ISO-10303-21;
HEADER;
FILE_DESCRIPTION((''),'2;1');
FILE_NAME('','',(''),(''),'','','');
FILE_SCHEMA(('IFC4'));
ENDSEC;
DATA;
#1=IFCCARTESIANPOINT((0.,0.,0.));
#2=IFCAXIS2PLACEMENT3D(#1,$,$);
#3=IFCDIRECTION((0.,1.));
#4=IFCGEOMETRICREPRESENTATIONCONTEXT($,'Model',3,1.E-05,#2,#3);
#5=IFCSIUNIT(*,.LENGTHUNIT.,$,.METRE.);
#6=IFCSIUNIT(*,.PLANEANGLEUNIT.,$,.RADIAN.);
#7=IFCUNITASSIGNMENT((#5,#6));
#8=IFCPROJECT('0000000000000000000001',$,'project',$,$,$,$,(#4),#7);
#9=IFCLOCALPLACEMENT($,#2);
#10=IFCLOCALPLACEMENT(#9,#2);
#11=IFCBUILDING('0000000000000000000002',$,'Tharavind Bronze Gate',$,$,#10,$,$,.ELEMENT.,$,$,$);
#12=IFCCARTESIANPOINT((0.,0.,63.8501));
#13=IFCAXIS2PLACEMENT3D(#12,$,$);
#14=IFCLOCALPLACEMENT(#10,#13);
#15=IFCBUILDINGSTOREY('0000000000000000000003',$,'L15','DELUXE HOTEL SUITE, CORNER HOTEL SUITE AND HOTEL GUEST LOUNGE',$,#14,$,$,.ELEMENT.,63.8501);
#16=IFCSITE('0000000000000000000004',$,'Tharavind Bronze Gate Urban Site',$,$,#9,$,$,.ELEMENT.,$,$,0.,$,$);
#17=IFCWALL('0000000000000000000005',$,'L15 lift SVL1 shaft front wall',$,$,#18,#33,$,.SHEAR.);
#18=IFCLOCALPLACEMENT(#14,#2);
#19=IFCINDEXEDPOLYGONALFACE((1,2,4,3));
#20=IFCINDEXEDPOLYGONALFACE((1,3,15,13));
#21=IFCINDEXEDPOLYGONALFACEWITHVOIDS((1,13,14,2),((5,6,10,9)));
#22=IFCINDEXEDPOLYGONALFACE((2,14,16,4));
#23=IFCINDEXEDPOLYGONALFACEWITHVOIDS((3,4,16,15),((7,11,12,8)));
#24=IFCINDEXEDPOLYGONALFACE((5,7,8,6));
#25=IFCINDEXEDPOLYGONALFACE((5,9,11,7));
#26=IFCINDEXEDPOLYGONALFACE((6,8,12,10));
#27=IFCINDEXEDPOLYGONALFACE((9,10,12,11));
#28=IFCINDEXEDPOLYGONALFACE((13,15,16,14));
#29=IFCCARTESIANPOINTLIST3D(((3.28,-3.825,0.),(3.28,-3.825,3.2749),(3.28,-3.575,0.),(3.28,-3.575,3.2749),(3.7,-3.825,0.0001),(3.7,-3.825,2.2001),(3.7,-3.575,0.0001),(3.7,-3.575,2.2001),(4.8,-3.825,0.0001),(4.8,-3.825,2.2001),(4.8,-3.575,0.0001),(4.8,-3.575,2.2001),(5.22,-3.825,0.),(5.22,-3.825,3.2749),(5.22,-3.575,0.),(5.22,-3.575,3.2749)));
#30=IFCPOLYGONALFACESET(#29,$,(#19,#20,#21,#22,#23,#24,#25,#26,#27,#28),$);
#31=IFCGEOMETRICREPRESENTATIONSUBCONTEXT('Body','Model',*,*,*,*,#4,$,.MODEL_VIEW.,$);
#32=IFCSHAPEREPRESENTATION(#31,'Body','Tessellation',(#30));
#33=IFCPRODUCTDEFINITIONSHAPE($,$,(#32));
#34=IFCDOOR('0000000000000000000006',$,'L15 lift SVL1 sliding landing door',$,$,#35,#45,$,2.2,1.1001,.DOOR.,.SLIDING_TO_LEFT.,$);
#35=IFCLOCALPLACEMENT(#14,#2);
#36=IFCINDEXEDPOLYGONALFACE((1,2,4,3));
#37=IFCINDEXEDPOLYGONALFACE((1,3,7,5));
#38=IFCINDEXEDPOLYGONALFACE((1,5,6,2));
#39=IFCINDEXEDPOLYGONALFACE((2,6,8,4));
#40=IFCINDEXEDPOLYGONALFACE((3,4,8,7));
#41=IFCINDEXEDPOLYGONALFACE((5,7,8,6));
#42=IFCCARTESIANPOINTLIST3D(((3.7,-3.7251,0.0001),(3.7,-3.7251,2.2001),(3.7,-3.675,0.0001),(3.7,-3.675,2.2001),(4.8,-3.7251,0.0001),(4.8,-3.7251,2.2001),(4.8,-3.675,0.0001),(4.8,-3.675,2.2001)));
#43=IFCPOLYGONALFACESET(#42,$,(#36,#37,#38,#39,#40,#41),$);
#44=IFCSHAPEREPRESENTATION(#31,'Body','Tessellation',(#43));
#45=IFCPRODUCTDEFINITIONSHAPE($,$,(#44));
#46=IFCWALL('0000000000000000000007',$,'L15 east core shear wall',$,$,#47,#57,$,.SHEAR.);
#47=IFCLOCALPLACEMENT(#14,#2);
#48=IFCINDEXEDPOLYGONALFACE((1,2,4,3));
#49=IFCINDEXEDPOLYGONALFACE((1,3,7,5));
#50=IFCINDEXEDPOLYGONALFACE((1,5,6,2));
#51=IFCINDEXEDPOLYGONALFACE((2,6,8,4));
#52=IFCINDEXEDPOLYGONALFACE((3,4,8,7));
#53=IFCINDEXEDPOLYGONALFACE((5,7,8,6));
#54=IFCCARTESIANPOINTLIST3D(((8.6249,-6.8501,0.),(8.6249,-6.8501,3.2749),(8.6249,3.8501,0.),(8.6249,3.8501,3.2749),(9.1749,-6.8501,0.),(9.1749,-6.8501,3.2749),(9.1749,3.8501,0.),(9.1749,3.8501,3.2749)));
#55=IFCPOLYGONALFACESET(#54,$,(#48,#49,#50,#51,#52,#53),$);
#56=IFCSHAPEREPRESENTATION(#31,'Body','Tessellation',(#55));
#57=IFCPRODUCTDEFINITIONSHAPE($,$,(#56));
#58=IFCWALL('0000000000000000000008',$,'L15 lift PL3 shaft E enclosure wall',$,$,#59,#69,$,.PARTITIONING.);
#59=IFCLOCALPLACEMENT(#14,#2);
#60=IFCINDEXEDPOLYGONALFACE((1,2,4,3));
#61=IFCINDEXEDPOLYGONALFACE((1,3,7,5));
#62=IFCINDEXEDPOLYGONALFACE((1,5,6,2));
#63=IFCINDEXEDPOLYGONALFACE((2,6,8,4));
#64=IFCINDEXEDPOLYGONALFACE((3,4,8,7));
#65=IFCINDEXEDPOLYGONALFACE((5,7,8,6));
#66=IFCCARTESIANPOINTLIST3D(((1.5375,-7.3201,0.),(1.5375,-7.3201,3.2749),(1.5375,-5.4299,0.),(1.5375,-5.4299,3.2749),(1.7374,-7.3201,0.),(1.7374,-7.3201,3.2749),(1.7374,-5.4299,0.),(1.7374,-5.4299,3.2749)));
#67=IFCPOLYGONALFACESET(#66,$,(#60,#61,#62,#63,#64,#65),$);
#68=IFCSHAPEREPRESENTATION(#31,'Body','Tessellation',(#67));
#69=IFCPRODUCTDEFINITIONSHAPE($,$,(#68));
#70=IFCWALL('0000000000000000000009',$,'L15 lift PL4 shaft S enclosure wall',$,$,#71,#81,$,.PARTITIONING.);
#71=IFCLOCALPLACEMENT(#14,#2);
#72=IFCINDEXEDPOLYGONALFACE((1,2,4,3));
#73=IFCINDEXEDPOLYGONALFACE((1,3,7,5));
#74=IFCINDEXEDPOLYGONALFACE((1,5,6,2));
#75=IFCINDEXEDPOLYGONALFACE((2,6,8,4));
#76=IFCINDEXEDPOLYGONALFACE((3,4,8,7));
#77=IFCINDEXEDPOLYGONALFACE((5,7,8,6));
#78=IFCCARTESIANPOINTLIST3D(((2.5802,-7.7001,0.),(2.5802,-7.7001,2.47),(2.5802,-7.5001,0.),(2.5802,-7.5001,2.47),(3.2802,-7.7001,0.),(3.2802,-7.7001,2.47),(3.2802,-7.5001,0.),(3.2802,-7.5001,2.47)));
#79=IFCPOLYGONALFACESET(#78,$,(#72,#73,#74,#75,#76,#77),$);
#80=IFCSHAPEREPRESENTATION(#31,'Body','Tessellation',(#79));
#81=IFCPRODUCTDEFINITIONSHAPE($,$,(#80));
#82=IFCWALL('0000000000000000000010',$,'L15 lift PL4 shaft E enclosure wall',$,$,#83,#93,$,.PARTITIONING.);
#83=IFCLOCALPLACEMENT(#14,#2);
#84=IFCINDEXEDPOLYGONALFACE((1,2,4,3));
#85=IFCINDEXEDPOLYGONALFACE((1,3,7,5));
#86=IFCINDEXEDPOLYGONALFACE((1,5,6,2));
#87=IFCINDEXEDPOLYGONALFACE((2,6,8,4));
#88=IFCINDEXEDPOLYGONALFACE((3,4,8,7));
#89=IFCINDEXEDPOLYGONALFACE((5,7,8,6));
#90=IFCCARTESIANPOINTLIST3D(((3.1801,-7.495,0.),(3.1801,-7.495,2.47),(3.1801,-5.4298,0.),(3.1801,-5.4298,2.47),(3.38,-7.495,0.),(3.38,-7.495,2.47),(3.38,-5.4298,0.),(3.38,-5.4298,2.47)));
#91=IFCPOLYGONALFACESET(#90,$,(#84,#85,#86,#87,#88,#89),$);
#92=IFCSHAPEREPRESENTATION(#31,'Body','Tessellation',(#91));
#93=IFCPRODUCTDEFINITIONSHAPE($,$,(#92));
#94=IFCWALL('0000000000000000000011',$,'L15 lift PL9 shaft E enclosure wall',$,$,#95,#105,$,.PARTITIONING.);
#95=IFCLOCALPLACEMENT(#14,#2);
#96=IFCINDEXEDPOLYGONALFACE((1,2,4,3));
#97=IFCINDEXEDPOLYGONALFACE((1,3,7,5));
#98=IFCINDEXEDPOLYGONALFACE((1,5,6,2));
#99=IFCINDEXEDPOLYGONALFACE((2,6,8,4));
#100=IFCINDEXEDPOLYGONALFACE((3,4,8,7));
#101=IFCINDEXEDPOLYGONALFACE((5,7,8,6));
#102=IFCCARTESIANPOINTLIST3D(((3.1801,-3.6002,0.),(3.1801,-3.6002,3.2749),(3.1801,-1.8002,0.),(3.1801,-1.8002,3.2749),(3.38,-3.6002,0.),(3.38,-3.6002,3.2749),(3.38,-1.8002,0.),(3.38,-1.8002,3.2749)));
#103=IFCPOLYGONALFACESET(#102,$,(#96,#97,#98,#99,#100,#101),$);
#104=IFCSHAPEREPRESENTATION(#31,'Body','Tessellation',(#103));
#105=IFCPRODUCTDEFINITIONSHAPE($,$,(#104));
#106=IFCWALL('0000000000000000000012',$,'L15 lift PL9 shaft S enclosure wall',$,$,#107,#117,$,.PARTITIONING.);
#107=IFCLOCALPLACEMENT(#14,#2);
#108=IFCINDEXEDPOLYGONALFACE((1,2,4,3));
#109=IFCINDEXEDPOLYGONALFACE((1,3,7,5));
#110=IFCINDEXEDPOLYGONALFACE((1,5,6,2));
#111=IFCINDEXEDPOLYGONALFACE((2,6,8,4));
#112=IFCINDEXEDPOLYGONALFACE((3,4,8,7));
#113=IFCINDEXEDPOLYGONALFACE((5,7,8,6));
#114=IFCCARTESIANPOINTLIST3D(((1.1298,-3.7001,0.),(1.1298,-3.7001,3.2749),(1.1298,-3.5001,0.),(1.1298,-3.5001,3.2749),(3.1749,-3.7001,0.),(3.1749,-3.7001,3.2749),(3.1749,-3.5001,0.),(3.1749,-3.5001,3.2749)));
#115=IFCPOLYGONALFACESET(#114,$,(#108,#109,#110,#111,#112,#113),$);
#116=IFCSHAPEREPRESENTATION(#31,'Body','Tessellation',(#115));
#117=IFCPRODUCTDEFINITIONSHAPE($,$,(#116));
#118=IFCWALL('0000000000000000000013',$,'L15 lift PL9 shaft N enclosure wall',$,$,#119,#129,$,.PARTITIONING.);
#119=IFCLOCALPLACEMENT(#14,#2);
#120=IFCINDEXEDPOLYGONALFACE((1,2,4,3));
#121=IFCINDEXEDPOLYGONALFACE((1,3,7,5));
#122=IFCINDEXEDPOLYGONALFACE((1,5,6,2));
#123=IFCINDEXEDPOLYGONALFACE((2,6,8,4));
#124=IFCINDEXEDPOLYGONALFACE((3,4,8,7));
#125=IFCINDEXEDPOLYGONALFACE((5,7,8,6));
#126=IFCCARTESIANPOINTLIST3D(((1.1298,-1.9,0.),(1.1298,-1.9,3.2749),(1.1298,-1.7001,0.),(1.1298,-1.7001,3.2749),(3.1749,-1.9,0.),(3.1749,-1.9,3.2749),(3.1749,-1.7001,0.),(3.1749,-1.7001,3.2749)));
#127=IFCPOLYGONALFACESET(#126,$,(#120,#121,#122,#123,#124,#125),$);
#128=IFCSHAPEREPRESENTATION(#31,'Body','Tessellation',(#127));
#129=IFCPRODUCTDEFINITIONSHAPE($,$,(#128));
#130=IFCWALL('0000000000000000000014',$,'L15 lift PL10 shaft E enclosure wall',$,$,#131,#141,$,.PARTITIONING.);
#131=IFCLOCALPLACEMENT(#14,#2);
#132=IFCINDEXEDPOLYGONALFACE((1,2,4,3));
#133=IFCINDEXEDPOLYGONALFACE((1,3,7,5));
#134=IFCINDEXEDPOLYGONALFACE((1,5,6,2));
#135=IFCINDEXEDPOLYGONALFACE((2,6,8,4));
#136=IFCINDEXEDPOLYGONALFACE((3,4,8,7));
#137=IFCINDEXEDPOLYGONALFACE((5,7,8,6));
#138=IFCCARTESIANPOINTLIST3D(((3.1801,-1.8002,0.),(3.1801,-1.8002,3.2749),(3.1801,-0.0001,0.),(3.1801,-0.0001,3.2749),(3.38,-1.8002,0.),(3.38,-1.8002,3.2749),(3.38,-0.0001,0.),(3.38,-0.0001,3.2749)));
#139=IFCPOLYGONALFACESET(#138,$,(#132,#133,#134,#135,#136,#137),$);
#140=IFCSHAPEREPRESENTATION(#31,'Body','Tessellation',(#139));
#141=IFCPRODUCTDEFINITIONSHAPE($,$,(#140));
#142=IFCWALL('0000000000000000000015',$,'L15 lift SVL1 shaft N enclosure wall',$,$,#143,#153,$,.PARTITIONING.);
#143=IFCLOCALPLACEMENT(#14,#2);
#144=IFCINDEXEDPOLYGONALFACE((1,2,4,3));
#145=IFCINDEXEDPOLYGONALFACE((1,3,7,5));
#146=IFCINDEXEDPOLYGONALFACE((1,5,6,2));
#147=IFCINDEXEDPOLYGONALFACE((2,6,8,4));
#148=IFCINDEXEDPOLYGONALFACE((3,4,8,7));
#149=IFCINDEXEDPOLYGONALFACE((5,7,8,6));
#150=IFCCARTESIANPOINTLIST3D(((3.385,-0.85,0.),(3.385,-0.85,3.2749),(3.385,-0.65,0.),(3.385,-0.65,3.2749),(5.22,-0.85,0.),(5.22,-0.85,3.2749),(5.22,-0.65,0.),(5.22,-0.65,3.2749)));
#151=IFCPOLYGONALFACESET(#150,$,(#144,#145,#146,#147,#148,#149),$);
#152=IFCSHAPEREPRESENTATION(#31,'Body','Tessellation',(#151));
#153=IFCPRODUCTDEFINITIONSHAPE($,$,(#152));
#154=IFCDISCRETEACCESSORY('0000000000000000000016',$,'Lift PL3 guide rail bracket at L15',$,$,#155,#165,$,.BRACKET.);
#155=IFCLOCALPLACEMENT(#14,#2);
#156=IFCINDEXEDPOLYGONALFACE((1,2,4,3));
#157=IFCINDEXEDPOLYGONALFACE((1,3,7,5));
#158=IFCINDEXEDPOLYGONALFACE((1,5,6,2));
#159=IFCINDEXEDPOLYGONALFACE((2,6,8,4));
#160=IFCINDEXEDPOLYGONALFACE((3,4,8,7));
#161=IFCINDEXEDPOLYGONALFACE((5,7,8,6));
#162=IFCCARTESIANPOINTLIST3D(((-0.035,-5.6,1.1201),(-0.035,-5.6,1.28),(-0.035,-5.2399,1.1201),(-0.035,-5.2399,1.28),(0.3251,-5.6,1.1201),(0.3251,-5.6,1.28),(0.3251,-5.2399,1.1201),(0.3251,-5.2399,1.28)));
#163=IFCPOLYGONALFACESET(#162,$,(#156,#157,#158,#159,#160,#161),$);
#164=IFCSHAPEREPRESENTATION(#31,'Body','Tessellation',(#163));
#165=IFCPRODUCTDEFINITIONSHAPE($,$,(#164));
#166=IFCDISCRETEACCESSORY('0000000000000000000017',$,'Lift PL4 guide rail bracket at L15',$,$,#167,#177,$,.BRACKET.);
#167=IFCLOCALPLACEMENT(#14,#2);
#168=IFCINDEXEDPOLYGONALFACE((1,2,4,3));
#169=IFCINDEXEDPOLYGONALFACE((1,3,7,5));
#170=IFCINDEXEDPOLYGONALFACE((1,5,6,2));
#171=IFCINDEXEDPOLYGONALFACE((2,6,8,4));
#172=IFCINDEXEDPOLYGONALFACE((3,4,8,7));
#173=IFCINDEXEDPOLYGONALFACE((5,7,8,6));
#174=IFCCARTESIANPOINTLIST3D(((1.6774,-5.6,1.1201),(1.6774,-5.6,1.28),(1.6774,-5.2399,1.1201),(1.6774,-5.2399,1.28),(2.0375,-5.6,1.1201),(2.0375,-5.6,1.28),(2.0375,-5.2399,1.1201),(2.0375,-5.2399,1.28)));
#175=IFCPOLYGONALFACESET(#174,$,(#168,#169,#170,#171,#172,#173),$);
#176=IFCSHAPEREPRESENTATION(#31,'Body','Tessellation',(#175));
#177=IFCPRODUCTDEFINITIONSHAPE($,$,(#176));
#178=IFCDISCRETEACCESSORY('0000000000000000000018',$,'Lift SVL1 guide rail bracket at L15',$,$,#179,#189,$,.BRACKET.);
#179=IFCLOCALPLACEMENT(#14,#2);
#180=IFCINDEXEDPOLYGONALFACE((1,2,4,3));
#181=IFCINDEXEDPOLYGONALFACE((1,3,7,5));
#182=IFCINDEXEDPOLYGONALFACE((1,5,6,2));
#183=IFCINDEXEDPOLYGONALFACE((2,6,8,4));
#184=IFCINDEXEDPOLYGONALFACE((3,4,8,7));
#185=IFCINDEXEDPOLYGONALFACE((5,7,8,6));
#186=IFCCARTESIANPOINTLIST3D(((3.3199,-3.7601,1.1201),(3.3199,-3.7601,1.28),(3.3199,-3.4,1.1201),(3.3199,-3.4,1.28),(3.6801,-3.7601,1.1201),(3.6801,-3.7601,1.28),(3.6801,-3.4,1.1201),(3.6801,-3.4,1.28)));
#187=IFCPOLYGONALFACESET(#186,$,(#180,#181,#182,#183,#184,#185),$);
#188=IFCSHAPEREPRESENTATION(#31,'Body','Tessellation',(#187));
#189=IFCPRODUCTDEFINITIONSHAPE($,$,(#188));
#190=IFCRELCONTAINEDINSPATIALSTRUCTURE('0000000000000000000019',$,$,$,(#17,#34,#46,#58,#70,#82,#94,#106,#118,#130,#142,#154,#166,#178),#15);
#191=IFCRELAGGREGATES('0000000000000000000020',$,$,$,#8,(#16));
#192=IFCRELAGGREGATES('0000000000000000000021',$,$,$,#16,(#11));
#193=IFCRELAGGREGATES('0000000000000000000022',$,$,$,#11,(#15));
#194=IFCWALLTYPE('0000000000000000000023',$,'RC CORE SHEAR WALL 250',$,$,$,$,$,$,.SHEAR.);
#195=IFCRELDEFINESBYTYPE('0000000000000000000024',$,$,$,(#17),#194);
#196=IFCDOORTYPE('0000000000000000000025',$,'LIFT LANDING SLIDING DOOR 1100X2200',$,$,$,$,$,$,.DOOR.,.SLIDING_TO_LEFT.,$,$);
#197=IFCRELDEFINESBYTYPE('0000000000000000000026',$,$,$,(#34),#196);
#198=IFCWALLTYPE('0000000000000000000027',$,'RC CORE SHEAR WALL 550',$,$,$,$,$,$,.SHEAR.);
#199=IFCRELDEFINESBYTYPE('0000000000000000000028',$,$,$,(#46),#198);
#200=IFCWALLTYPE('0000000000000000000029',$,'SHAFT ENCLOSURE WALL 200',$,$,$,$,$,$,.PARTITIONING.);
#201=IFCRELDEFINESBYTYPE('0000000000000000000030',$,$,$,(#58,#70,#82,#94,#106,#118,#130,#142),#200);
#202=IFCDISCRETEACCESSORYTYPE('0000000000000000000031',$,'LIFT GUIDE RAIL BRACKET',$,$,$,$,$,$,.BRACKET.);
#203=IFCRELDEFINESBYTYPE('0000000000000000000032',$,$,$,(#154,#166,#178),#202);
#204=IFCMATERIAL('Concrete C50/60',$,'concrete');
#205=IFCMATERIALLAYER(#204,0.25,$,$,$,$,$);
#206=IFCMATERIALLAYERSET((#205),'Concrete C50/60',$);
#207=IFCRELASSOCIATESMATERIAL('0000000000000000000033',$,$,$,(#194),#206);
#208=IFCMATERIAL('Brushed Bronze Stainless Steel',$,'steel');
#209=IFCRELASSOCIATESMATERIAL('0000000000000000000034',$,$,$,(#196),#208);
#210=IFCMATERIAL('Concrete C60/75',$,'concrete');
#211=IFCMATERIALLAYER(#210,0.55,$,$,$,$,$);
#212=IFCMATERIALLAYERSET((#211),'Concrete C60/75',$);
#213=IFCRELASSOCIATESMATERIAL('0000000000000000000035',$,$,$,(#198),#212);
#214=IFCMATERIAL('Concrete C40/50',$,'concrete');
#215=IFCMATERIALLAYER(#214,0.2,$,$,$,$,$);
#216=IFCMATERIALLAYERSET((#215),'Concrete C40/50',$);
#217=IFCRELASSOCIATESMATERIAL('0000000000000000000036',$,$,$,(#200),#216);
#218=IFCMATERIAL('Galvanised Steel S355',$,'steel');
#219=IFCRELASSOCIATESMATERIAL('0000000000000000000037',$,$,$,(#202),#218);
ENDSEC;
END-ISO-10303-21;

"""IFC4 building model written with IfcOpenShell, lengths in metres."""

from ifc_helpers import new_model, si_unit, direction, frame, frame_2d, origin, origin_2d, place, context, subcontext, project, spatial, rectangle, extrude, material, layer, layer_set, type_object, element, fill, save


model = new_model("IFC4")

# Units and contexts
model_context = context("Model", 3, precision=1e-05, world=origin(), true_north=direction((0.0, 1.0)))
body_context = subcontext(model_context, "Body", "Model", "MODEL_VIEW")
ifc_project = project(units=[si_unit("LENGTHUNIT", "METRE"), si_unit("PLANEANGLEUNIT", "RADIAN")], contexts=[model_context])

# Site, building, storey
site_placement = place(None, origin())
site = spatial("IfcSite", under=ifc_project, at=site_placement, Name="Tharavind Bronze Gate Urban Site", CompositionType="ELEMENT", RefElevation=0.0)
building_placement = place(site_placement, origin())
building = spatial("IfcBuilding", under=site, at=building_placement, Name="Tharavind Bronze Gate", CompositionType="ELEMENT")
storey_placement = place(building_placement, frame((0.0, 0.0, 63.8501)))
storey = spatial("IfcBuildingStorey", under=building, at=storey_placement, Name="L15", Description="DELUXE HOTEL SUITE, CORNER HOTEL SUITE AND HOTEL GUEST LOUNGE", CompositionType="ELEMENT", Elevation=63.8501)

# Shared definitions
ifc_material_1 = material(Name="Concrete C50/60", Category="concrete")
ifc_layer_1 = layer(ifc_material_1, 0.25)
ifc_layer_set_1 = layer_set([ifc_layer_1], Name="Concrete C50/60")
wall_type_1 = type_object("IfcWallType", Name="RC CORE SHEAR WALL 250", PredefinedType="SHEAR", material=ifc_layer_set_1)

# Shared definitions
ifc_material_2 = material(Name="Brushed Bronze Stainless Steel", Category="steel")
door_type_1 = type_object("IfcDoorType", Name="LIFT LANDING SLIDING DOOR 1100X2200", OperationType="SLIDING_TO_LEFT", PredefinedType="DOOR", material=ifc_material_2)

# Wall, opening, door
wall_1_placement = place(storey_placement, frame((3.28, -3.7, 0.0), z_axis=(0.0, 0.0, 1.0), x_axis=(1.0, 0.0, 0.0)))
wall_1 = element("IfcWall", 1, at=wall_1_placement, inside=storey, type_object=wall_type_1, Name="L15 lift SVL1 shaft front wall", PredefinedType="SHEAR", context=body_context, shape_type="SweptSolid", body=[
    extrude(rectangle(XDim=1.9399, YDim=0.25, at=frame_2d((0.97, 0.0))), origin(), (0.0, 0.0, 1.0), 3.2749),
])
opening_1_placement = place(wall_1_placement, frame((0.4199, 0.0, 0.0)))
opening_1 = element("IfcOpeningElement", 2, at=opening_1_placement, cuts=wall_1, PredefinedType="OPENING", context=body_context, shape_type="SweptSolid", body=[
    extrude(rectangle(XDim=1.1001, YDim=2.2, at=frame_2d((0.55, 1.1001))), frame((0.0, 0.135, 0.0), z_axis=(0.0, -1.0, 0.0), x_axis=(1.0, 0.0, 0.0)), (0.0, 0.0, 1.0), 0.27),
])
door_1_placement = place(opening_1_placement, origin())
door_1 = element("IfcDoor", 3, at=door_1_placement, inside=storey, type_object=door_type_1, Name="L15 lift SVL1 sliding landing door", OperationType="SLIDING_TO_LEFT", OverallHeight=2.2, OverallWidth=1.1001, PredefinedType="DOOR", context=body_context, shape_type="SweptSolid", body=[
    extrude(rectangle(XDim=1.1001, YDim=2.2, at=frame_2d((0.55, 1.1001))), frame((0.0, 0.0249, 0.0), z_axis=(0.0, -1.0, 0.0), x_axis=(1.0, 0.0, 0.0)), (0.0, 0.0, 1.0), 0.05),
])
fill(opening_1, door_1)

# Walls
ifc_material_3 = material(Name="Concrete C60/75", Category="concrete")
ifc_layer_2 = layer(ifc_material_3, 0.55)
ifc_layer_set_2 = layer_set([ifc_layer_2], Name="Concrete C60/75")
wall_type_2 = type_object("IfcWallType", Name="RC CORE SHEAR WALL 550", PredefinedType="SHEAR", material=ifc_layer_set_2)
wall_2_placement = place(storey_placement, frame((8.8999, -6.8501, 0.0), z_axis=(0.0, 0.0, 1.0), x_axis=(0.0, 1.0, 0.0)))
element("IfcWall", 4, at=wall_2_placement, inside=storey, type_object=wall_type_2, Name="L15 east core shear wall", PredefinedType="SHEAR", context=body_context, shape_type="SweptSolid", body=[
    extrude(rectangle(XDim=10.7002, YDim=0.55, at=frame_2d((5.3501, 0.0))), origin(), (0.0, 0.0, 1.0), 3.2749),
])
ifc_material_4 = material(Name="Concrete C40/50", Category="concrete")
ifc_layer_3 = layer(ifc_material_4, 0.2)
ifc_layer_set_3 = layer_set([ifc_layer_3], Name="Concrete C40/50")
wall_type_3 = type_object("IfcWallType", Name="SHAFT ENCLOSURE WALL 200", PredefinedType="PARTITIONING", material=ifc_layer_set_3)
wall_3_placement = place(storey_placement, frame((1.6375, -7.3201, 0.0), z_axis=(0.0, 0.0, 1.0), x_axis=(0.0, 1.0, 0.0)))
element("IfcWall", 5, at=wall_3_placement, inside=storey, type_object=wall_type_3, Name="L15 lift PL3 shaft E enclosure wall", PredefinedType="PARTITIONING", context=body_context, shape_type="SweptSolid", body=[
    extrude(rectangle(XDim=1.8901, YDim=0.2, at=frame_2d((0.9451, 0.0))), origin(), (0.0, 0.0, 1.0), 3.2749),
])
wall_4_placement = place(storey_placement, frame((2.5801, -7.6001, 0.0), z_axis=(0.0, 0.0, 1.0), x_axis=(1.0, 0.0, 0.0)))
element("IfcWall", 6, at=wall_4_placement, inside=storey, type_object=wall_type_3, Name="L15 lift PL4 shaft S enclosure wall", PredefinedType="PARTITIONING", context=body_context, shape_type="SweptSolid", body=[
    extrude(rectangle(XDim=0.7, YDim=0.2, at=frame_2d((0.3501, 0.0))), origin(), (0.0, 0.0, 1.0), 2.47),
])
wall_5_placement = place(storey_placement, frame((3.28, -7.4951, 0.0), z_axis=(0.0, 0.0, 1.0), x_axis=(0.0, 1.0, 0.0)))
element("IfcWall", 7, at=wall_5_placement, inside=storey, type_object=wall_type_3, Name="L15 lift PL4 shaft E enclosure wall", PredefinedType="PARTITIONING", context=body_context, shape_type="SweptSolid", body=[
    extrude(rectangle(XDim=2.0652, YDim=0.2, at=frame_2d((1.0327, 0.0))), origin(), (0.0, 0.0, 1.0), 2.47),
])
wall_6_placement = place(storey_placement, frame((3.28, -3.6001, 0.0), z_axis=(0.0, 0.0, 1.0), x_axis=(0.0, 1.0, 0.0)))
element("IfcWall", 8, at=wall_6_placement, inside=storey, type_object=wall_type_3, Name="L15 lift PL9 shaft E enclosure wall", PredefinedType="PARTITIONING", context=body_context, shape_type="SweptSolid", body=[
    extrude(rectangle(XDim=1.8, YDim=0.2, at=frame_2d((0.8999, 0.0))), origin(), (0.0, 0.0, 1.0), 3.2749),
])
for number, where, z_axis, x_axis, name in (
    (9, (1.1299, -3.6001, 0.0), (0.0, 0.0, 1.0), (1.0, 0.0, 0.0), "L15 lift PL9 shaft S enclosure wall"),
    (10, (1.1299, -1.8, 0.0), (0.0, 0.0, 1.0), (1.0, 0.0, 0.0), "L15 lift PL9 shaft N enclosure wall"),
):
    element("IfcWall", number, at=place(storey_placement, frame(where, z_axis=z_axis, x_axis=x_axis)), inside=storey, type_object=wall_type_3, Name=name, PredefinedType="PARTITIONING", context=body_context, shape_type="SweptSolid", body=[
        extrude(rectangle(XDim=2.0452, YDim=0.2, at=frame_2d((1.0225, 0.0))), origin(), (0.0, 0.0, 1.0), 3.2749),
    ])
wall_7_placement = place(storey_placement, frame((3.28, -1.8, 0.0), z_axis=(0.0, 0.0, 1.0), x_axis=(0.0, 1.0, 0.0)))
element("IfcWall", 11, at=wall_7_placement, inside=storey, type_object=wall_type_3, Name="L15 lift PL10 shaft E enclosure wall", PredefinedType="PARTITIONING", context=body_context, shape_type="SweptSolid", body=[
    extrude(rectangle(XDim=1.8, YDim=0.2, at=frame_2d((0.8999, 0.0))), origin(), (0.0, 0.0, 1.0), 3.2749),
])
wall_8_placement = place(storey_placement, frame((3.385, -0.75, 0.0), z_axis=(0.0, 0.0, 1.0), x_axis=(1.0, 0.0, 0.0)))
element("IfcWall", 12, at=wall_8_placement, inside=storey, type_object=wall_type_3, Name="L15 lift SVL1 shaft N enclosure wall", PredefinedType="PARTITIONING", context=body_context, shape_type="SweptSolid", body=[
    extrude(rectangle(XDim=1.835, YDim=0.2, at=frame_2d((0.9175, 0.0))), origin(), (0.0, 0.0, 1.0), 3.2749),
])

# Discrete accessories
ifc_material_5 = material(Name="Galvanised Steel S355", Category="steel")
discrete_accessory_type = type_object("IfcDiscreteAccessoryType", Name="LIFT GUIDE RAIL BRACKET", PredefinedType="BRACKET", material=ifc_material_5)
for number, where, z_axis, x_axis, name in (
    (13, (0.145, -5.4199, 1.1201), (0.0, 0.0, 1.0), (1.0, 0.0, 0.0), "Lift PL3 guide rail bracket at L15"),
    (14, (1.8574, -5.4199, 1.1201), (0.0, 0.0, 1.0), (1.0, 0.0, 0.0), "Lift PL4 guide rail bracket at L15"),
    (15, (3.5, -3.5801, 1.1201), (0.0, 0.0, 1.0), (1.0, 0.0, 0.0), "Lift SVL1 guide rail bracket at L15"),
):
    element("IfcDiscreteAccessory", number, at=place(storey_placement, frame(where, z_axis=z_axis, x_axis=x_axis)), inside=storey, type_object=discrete_accessory_type, Name=name, PredefinedType="BRACKET", context=body_context, shape_type="SweptSolid", body=[
        extrude(rectangle(XDim=0.3601, YDim=0.3601, at=origin_2d()), origin(), (0.0, 0.0, 1.0), 0.1599),
    ])

save(model, "model.ifc")
